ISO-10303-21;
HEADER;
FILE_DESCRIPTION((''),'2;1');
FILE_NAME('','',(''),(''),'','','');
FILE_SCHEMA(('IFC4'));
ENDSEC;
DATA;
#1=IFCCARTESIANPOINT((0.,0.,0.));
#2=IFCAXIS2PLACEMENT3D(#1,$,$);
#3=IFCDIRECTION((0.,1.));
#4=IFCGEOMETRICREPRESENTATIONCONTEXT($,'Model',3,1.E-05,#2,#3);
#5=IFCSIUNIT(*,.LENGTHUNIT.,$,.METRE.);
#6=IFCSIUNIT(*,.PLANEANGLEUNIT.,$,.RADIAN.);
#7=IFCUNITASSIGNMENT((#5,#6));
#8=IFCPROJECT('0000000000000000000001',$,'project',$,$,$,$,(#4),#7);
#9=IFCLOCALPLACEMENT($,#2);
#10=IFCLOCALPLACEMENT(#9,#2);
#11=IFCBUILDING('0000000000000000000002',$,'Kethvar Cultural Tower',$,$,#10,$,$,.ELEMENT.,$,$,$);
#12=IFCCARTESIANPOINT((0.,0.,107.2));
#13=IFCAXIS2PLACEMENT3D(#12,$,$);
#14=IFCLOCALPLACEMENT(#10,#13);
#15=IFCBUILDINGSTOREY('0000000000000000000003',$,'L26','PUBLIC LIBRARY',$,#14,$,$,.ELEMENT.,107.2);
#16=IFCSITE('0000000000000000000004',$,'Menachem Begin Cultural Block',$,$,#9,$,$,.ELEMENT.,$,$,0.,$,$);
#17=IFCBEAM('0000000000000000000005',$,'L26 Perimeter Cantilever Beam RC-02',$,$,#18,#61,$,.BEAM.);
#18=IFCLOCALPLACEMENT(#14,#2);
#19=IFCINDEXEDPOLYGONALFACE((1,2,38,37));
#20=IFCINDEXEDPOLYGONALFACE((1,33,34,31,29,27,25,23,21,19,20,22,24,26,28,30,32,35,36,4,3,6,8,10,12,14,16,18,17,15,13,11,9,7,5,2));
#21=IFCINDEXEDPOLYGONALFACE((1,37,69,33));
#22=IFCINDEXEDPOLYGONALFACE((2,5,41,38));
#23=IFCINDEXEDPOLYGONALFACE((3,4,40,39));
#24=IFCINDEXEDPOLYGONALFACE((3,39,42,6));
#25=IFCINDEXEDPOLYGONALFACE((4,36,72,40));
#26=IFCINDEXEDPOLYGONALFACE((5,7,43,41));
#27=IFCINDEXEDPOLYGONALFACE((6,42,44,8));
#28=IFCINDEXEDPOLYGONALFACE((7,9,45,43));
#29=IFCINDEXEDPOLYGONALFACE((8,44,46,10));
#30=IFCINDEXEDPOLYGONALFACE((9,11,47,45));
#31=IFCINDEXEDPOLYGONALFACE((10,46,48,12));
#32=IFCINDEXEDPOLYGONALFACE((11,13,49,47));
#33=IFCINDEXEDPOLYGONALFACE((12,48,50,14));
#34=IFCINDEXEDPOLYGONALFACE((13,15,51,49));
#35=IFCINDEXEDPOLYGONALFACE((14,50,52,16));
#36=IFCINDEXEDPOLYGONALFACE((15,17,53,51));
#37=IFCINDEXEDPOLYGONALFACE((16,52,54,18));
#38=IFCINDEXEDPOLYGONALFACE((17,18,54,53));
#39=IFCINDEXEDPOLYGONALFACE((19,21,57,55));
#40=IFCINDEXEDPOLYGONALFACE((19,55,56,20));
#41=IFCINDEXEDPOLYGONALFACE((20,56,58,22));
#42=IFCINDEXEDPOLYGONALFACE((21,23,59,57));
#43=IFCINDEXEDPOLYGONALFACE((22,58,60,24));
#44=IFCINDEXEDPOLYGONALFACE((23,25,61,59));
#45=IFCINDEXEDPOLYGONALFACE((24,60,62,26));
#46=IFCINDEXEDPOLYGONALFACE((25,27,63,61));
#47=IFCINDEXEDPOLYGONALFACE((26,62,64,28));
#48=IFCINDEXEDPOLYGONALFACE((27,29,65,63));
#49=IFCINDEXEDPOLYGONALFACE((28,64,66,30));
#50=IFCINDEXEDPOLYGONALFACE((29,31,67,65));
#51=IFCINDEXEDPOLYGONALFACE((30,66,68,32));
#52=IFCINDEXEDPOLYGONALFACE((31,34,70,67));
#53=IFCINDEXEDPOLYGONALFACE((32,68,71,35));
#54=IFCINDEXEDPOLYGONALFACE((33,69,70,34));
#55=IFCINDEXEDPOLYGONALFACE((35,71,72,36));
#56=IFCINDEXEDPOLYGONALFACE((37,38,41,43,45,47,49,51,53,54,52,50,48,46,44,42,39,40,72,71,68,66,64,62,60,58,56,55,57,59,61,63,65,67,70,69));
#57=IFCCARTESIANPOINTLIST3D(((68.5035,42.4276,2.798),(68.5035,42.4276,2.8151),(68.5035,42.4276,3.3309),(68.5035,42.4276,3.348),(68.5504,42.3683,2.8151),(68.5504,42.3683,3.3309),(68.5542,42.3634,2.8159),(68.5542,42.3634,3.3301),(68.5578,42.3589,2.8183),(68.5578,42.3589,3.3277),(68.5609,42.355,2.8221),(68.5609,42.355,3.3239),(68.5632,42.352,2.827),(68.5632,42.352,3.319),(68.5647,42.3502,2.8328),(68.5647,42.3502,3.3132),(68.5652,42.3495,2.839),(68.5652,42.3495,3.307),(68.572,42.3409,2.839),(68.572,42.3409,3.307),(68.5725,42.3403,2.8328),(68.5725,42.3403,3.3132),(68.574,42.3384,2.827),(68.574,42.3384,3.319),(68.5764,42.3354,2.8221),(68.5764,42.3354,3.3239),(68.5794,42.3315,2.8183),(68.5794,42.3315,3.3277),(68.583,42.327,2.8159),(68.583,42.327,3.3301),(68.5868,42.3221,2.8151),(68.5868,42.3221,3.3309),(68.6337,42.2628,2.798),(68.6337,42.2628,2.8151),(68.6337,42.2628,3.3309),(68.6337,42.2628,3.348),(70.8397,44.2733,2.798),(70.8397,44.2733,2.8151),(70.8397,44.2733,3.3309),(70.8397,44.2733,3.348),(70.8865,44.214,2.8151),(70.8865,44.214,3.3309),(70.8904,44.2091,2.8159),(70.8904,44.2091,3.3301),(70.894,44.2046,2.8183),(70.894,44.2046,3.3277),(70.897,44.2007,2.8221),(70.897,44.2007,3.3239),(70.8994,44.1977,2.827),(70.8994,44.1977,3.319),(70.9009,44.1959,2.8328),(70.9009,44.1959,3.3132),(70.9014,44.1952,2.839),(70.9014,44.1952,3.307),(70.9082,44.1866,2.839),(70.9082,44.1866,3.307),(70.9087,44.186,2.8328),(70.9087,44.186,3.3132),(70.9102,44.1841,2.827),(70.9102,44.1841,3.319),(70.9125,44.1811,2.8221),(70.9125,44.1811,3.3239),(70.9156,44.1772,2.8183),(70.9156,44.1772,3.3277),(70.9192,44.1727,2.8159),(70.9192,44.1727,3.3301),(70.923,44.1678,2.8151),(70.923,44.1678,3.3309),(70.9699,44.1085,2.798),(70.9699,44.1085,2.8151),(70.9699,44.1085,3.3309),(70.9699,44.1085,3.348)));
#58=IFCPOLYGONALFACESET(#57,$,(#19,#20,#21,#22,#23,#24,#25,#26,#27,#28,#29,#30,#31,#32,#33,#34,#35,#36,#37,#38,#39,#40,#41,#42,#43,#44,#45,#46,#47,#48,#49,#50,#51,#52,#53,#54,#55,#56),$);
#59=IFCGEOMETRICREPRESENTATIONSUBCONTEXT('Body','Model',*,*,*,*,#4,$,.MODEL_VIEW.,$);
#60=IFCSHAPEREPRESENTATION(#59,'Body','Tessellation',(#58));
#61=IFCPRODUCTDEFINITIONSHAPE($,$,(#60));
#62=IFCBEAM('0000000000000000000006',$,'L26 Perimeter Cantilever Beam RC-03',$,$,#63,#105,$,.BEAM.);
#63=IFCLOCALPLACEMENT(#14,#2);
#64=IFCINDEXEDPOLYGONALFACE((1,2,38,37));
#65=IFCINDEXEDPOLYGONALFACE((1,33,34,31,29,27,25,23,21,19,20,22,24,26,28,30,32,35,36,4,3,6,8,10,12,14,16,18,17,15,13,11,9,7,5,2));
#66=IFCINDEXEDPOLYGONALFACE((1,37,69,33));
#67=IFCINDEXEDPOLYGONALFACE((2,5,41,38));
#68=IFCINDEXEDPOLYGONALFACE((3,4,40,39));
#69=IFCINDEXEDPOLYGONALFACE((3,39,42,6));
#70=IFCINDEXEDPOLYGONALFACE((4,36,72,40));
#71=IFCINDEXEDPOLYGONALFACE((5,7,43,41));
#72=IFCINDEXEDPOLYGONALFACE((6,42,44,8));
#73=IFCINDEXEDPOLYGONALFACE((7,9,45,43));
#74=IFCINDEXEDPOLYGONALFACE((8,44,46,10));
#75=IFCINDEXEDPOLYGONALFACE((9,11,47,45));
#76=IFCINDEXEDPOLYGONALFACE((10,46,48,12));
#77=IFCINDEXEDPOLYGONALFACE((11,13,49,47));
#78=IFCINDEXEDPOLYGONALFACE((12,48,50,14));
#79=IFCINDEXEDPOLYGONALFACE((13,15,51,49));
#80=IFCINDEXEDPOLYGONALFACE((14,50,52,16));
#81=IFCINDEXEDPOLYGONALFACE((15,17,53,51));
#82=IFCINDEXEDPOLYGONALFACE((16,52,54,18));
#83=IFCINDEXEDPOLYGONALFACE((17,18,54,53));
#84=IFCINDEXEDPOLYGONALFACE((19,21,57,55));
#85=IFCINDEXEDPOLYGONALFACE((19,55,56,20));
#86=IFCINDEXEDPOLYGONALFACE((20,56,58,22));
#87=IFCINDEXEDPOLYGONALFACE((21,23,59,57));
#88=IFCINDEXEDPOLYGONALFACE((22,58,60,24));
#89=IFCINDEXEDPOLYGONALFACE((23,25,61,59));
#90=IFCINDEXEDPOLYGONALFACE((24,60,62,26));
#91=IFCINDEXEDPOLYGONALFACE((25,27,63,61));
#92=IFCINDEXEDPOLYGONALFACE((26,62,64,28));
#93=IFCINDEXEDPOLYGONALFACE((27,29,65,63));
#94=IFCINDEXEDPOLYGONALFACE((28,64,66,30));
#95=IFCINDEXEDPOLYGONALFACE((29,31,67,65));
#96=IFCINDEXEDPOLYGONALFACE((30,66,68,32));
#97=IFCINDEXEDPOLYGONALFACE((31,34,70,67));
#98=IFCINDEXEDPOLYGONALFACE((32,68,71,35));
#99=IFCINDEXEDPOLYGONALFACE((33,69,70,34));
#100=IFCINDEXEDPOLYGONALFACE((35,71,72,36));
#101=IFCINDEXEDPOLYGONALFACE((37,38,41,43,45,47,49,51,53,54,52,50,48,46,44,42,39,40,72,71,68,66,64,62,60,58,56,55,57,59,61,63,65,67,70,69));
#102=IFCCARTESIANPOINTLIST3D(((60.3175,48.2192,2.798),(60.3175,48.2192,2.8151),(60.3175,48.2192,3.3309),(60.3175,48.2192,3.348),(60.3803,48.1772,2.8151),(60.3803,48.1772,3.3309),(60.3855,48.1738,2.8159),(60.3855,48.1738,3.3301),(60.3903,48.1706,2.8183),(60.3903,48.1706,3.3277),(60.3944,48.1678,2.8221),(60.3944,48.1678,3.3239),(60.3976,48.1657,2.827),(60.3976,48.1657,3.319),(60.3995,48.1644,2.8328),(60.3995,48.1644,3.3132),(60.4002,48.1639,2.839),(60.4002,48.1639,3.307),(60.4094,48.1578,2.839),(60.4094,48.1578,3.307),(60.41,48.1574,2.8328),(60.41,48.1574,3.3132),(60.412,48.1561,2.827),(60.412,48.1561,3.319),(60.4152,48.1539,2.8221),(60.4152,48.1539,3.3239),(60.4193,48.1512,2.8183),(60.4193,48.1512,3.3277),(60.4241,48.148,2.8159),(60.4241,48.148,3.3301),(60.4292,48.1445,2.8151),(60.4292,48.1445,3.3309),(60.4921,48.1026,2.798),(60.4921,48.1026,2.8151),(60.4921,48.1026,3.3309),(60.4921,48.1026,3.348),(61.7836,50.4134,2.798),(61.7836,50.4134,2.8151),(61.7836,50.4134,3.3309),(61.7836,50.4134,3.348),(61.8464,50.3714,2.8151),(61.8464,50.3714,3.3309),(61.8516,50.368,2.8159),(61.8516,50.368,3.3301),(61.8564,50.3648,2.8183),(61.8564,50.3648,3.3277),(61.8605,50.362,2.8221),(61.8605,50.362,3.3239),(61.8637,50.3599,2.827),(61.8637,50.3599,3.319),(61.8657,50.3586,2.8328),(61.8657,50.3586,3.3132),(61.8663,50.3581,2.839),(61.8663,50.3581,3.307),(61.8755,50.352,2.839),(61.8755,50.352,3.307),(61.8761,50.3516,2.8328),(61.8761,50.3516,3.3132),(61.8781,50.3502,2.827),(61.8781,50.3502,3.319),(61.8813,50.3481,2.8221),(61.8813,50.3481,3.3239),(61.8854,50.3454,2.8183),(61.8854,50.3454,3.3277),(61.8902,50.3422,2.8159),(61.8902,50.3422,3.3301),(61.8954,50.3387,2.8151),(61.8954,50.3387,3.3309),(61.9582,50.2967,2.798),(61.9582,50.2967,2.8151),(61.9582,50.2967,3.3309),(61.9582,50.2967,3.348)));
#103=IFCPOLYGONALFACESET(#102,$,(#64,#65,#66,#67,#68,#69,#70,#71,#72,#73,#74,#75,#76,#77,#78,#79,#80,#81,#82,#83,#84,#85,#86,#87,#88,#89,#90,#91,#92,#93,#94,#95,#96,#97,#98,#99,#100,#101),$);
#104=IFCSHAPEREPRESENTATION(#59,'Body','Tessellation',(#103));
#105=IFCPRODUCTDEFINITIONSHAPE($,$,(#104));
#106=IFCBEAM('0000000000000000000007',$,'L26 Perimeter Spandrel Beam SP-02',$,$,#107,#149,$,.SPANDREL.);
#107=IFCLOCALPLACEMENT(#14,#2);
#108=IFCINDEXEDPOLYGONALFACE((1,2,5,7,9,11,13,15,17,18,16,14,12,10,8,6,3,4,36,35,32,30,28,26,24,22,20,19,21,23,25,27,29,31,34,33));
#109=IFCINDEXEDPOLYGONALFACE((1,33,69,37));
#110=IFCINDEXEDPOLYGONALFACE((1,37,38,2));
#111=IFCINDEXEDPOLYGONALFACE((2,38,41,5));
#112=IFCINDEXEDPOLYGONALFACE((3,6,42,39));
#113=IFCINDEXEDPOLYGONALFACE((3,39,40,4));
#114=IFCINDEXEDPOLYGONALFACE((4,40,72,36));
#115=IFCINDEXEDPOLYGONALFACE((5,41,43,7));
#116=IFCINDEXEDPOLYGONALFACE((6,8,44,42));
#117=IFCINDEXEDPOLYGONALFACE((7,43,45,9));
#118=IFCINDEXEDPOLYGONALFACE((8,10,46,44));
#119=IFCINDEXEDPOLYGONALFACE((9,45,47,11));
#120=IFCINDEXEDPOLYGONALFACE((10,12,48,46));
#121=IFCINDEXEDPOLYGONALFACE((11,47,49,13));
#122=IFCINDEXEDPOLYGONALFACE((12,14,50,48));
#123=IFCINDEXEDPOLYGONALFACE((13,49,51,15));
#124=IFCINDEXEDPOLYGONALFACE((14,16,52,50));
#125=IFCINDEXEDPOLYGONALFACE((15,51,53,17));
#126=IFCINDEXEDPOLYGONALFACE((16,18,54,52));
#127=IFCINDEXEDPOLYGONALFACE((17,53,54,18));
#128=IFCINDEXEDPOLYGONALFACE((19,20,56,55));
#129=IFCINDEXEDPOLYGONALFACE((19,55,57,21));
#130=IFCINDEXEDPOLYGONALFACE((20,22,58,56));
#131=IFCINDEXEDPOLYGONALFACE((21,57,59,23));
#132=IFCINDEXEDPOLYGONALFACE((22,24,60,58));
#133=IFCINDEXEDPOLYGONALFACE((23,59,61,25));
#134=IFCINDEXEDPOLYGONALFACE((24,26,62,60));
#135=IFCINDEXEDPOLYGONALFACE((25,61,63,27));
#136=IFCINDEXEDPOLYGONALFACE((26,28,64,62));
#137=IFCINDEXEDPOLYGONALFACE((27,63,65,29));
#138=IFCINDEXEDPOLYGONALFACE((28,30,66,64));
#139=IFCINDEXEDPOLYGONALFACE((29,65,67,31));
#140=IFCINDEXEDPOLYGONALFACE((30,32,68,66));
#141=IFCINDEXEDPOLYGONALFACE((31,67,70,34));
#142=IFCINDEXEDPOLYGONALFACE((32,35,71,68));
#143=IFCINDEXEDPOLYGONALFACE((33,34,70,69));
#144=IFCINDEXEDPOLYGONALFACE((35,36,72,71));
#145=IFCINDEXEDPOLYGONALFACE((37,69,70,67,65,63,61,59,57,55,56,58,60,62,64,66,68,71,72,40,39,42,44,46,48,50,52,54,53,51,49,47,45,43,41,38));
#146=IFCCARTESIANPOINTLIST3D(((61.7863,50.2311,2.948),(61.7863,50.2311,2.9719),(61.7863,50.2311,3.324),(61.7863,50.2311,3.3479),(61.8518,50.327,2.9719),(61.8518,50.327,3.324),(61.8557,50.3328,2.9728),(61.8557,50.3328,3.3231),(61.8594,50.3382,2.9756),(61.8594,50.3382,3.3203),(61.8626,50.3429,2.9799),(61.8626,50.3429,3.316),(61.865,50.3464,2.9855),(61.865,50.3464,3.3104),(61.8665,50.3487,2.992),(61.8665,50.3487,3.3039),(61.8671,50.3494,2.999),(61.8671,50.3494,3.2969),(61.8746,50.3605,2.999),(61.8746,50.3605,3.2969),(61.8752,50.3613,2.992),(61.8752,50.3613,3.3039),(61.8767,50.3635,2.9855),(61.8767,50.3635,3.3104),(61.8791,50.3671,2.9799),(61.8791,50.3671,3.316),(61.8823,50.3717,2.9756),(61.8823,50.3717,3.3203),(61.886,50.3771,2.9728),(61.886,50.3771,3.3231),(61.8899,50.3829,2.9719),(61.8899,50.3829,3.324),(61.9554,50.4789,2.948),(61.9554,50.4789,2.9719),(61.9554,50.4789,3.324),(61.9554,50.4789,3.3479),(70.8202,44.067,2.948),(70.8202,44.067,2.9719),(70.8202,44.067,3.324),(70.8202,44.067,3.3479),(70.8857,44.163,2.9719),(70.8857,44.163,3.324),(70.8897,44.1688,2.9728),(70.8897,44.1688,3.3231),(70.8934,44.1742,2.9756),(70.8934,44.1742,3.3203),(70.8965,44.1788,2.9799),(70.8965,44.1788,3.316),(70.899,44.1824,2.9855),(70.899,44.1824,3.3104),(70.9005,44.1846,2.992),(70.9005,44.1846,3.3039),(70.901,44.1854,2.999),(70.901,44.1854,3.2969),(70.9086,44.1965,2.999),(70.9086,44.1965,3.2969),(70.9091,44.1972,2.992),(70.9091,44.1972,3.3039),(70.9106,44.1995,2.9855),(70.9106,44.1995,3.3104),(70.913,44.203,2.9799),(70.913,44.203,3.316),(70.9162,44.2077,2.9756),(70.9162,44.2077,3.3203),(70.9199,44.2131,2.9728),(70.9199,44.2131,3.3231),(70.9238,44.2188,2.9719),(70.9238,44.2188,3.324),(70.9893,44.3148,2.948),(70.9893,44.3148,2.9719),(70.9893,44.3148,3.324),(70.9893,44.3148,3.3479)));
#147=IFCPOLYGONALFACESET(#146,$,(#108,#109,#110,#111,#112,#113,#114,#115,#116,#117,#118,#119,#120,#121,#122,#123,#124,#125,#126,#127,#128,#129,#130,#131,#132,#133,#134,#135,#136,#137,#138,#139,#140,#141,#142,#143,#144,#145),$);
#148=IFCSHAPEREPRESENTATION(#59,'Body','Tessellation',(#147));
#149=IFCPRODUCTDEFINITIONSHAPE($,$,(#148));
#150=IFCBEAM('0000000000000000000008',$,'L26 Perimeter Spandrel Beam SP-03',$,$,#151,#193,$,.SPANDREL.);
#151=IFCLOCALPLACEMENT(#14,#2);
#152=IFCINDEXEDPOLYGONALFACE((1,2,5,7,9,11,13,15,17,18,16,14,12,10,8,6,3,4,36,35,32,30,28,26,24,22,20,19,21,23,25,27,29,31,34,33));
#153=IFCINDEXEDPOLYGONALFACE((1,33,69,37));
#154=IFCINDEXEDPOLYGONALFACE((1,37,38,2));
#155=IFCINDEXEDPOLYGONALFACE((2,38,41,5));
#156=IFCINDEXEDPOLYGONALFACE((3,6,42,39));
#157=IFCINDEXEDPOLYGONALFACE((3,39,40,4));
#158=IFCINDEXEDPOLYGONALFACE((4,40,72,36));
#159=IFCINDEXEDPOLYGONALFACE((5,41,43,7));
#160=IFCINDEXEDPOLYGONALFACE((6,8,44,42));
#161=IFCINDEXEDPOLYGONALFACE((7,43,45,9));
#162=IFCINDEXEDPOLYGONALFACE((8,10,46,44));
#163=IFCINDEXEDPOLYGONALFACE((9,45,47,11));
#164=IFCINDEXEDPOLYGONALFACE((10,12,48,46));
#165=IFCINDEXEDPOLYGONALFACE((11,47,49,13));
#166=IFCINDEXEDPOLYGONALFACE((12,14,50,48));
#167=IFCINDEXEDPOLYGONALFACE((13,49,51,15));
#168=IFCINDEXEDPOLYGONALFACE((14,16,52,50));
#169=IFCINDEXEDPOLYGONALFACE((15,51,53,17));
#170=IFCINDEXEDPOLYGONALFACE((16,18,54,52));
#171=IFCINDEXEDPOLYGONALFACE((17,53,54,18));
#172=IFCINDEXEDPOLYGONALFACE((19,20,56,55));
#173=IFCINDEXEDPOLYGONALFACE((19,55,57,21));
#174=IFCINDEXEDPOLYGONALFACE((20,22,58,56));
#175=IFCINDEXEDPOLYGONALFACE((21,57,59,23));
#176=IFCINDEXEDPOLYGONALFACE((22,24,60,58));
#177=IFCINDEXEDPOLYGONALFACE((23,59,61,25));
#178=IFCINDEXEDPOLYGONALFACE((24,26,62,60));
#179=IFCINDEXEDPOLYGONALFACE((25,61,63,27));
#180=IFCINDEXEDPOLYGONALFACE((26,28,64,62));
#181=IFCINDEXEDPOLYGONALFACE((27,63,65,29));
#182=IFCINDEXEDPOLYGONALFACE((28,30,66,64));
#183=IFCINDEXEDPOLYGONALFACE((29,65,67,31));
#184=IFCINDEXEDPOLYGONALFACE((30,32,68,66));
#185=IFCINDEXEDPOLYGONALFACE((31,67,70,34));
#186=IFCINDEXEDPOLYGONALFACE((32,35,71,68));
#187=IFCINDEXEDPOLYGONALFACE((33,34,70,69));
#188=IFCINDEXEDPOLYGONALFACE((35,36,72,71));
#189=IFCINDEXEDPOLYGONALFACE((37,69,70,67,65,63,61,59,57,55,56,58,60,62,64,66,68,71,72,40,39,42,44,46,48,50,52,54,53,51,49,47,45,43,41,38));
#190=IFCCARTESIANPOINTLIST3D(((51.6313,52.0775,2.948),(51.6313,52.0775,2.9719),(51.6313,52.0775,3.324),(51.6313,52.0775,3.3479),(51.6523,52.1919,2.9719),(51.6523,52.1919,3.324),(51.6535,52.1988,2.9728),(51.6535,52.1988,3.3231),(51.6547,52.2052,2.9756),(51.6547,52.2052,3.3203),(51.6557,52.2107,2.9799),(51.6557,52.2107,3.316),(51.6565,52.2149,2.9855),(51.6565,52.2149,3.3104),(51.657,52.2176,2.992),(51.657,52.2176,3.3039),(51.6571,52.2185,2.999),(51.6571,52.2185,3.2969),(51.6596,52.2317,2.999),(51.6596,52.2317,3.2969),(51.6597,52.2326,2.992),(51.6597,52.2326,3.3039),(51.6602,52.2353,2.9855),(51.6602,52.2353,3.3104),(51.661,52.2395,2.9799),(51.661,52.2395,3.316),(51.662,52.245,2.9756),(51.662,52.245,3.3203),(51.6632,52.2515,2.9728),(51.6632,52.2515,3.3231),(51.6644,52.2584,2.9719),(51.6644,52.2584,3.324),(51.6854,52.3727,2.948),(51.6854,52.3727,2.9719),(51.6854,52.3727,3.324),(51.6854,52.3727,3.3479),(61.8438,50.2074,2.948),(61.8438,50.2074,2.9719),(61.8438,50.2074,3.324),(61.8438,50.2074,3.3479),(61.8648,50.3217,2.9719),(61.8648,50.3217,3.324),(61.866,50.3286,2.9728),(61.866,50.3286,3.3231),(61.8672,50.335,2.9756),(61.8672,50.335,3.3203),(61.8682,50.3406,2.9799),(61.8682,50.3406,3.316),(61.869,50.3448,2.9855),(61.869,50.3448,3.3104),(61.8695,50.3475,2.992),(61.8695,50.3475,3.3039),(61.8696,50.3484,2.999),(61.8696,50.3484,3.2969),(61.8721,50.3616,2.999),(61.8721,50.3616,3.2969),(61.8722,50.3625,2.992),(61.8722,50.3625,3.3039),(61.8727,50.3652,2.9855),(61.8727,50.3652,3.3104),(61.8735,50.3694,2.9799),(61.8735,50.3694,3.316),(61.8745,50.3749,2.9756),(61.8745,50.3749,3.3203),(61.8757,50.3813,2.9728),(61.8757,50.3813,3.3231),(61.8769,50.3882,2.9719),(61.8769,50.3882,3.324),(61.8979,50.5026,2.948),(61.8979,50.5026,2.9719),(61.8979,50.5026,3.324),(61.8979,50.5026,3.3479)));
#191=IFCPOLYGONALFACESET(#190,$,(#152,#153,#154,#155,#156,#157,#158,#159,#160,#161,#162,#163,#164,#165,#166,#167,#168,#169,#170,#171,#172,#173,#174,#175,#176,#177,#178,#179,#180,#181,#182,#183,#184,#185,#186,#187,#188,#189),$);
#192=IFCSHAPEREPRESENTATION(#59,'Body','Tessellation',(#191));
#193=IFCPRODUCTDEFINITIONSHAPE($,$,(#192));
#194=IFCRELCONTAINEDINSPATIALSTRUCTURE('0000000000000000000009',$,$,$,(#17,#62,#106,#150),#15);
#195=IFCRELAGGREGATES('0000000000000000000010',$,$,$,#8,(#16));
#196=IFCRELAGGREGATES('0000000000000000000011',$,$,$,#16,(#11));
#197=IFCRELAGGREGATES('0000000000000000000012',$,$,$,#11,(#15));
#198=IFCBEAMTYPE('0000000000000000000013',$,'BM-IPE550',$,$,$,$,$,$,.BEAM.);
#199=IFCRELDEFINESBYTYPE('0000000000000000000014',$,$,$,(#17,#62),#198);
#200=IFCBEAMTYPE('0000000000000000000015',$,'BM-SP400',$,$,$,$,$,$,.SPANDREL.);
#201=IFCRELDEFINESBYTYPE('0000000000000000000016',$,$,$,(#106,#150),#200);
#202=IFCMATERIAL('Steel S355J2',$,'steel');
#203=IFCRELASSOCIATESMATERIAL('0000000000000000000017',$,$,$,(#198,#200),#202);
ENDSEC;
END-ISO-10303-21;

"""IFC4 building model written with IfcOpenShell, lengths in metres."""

from ifc_helpers import new_model, si_unit, direction, frame, origin, origin_2d, place, context, subcontext, project, spatial, i_section, extrude, source, transform, mapped, material, material_profile, profile_set, type_object, element, save


model = new_model("IFC4")

# Units and contexts
model_context = context("Model", 3, precision=1e-05, world=origin(), true_north=direction((0.0, 1.0)))
body_context = subcontext(model_context, "Body", "Model", "MODEL_VIEW")
ifc_project = project(units=[si_unit("LENGTHUNIT", "METRE"), si_unit("PLANEANGLEUNIT", "RADIAN")], contexts=[model_context])

# Site, building, storey
site_placement = place(None, origin())
site = spatial("IfcSite", under=ifc_project, at=site_placement, Name="Menachem Begin Cultural Block", CompositionType="ELEMENT", RefElevation=0.0)
building_placement = place(site_placement, origin())
building = spatial("IfcBuilding", under=site, at=building_placement, Name="Kethvar Cultural Tower", CompositionType="ELEMENT")
storey_placement = place(building_placement, frame((0.0, 0.0, 107.2)))
storey = spatial("IfcBuildingStorey", under=building, at=storey_placement, Name="L26", Description="PUBLIC LIBRARY", CompositionType="ELEMENT", Elevation=107.2)

# Beams
ifc_material_1 = material(Name="Steel S355J2", Category="steel")
ifc_material_profile_1 = material_profile(ifc_material_1, i_section(OverallWidth=0.21, OverallDepth=0.55, WebThickness=0.011, FlangeThickness=0.0171, FilletRadius=0.0239, at=origin_2d()), Name="Steel S355J2 — IPE550")
ifc_profile_set_1 = profile_set([ifc_material_profile_1], Name="Steel S355J2 — IPE550")
beam_type_1 = type_object("IfcBeamType", Name="BM-IPE550", PredefinedType="BEAM", material=ifc_profile_set_1)
shared_shape_1 = source(origin(), body_context, "Body", "SweptSolid", [
    extrude(i_section(OverallWidth=0.21, OverallDepth=0.55, WebThickness=0.011, FlangeThickness=0.0171, FilletRadius=0.0239, at=origin_2d()), origin(), (0.0, 0.0, 1.0), 2.9773),
])
beam_1_placement = place(storey_placement, frame((68.5686, 42.3452, 3.073), z_axis=(0.784662, 0.619923, 0.0), x_axis=(-0.619923, 0.784662, 0.0)))
element("IfcBeam", 1, at=beam_1_placement, inside=storey, type_object=beam_type_1, Name="L26 Perimeter Cantilever Beam RC-02", PredefinedType="BEAM", context=body_context, shape_type="MappedRepresentation", body=[
    mapped(shared_shape_1, transform((0.0, 0.0, 0.0), scale=1.0)),
])
shared_shape_2 = source(origin(), body_context, "Body", "SweptSolid", [
    extrude(i_section(OverallWidth=0.21, OverallDepth=0.55, WebThickness=0.011, FlangeThickness=0.0171, FilletRadius=0.0239, at=origin_2d()), origin(), (0.0, 0.0, 1.0), 2.6389),
])
beam_2_placement = place(storey_placement, frame((60.4048, 48.1609, 3.073), z_axis=(0.555575, 0.831466, 0.0), x_axis=(-0.831466, 0.555575, 0.0)))
element("IfcBeam", 2, at=beam_2_placement, inside=storey, type_object=beam_type_1, Name="L26 Perimeter Cantilever Beam RC-03", PredefinedType="BEAM", context=body_context, shape_type="MappedRepresentation", body=[
    mapped(shared_shape_2, transform((0.0, 0.0, 0.0), scale=1.0)),
])
ifc_material_profile_2 = material_profile(ifc_material_1, i_section(OverallWidth=0.3, OverallDepth=0.3999, WebThickness=0.0134, FlangeThickness=0.0239, FilletRadius=0.0271, at=origin_2d()), Name="Steel S355J2 — HEB400")
ifc_profile_set_2 = profile_set([ifc_material_profile_2], Name="Steel S355J2 — HEB400")
beam_type_2 = type_object("IfcBeamType", Name="BM-SP400", PredefinedType="SPANDREL", material=ifc_profile_set_2)
shared_shape_3 = source(origin(), body_context, "Body", "SweptSolid", [
    extrude(i_section(OverallWidth=0.3, OverallDepth=0.3999, WebThickness=0.0134, FlangeThickness=0.0239, FilletRadius=0.0271, at=origin_2d()), origin(), (0.0, 0.0, 1.0), 10.9365),
])
beam_3_placement = place(storey_placement, frame((70.9048, 44.1909, 3.1479), z_axis=(-0.826033, 0.563621, 0.0), x_axis=(-0.563621, -0.826033, 0.0)))
element("IfcBeam", 3, at=beam_3_placement, inside=storey, type_object=beam_type_2, Name="L26 Perimeter Spandrel Beam SP-02", PredefinedType="SPANDREL", context=body_context, shape_type="MappedRepresentation", body=[
    mapped(shared_shape_3, transform((0.0, 0.0, 0.0), scale=1.0)),
])
shared_shape_4 = source(origin(), body_context, "Body", "SweptSolid", [
    extrude(i_section(OverallWidth=0.3, OverallDepth=0.3999, WebThickness=0.0134, FlangeThickness=0.0239, FilletRadius=0.0271, at=origin_2d()), origin(), (0.0, 0.0, 1.0), 10.3823),
])
beam_4_placement = place(storey_placement, frame((61.8708, 50.355, 3.1479), z_axis=(-0.983643, 0.180127, 0.0), x_axis=(-0.180127, -0.983643, 0.0)))
element("IfcBeam", 4, at=beam_4_placement, inside=storey, type_object=beam_type_2, Name="L26 Perimeter Spandrel Beam SP-03", PredefinedType="SPANDREL", context=body_context, shape_type="MappedRepresentation", body=[
    mapped(shared_shape_4, transform((0.0, 0.0, 0.0), scale=1.0)),
])

save(model, "model.ifc")
